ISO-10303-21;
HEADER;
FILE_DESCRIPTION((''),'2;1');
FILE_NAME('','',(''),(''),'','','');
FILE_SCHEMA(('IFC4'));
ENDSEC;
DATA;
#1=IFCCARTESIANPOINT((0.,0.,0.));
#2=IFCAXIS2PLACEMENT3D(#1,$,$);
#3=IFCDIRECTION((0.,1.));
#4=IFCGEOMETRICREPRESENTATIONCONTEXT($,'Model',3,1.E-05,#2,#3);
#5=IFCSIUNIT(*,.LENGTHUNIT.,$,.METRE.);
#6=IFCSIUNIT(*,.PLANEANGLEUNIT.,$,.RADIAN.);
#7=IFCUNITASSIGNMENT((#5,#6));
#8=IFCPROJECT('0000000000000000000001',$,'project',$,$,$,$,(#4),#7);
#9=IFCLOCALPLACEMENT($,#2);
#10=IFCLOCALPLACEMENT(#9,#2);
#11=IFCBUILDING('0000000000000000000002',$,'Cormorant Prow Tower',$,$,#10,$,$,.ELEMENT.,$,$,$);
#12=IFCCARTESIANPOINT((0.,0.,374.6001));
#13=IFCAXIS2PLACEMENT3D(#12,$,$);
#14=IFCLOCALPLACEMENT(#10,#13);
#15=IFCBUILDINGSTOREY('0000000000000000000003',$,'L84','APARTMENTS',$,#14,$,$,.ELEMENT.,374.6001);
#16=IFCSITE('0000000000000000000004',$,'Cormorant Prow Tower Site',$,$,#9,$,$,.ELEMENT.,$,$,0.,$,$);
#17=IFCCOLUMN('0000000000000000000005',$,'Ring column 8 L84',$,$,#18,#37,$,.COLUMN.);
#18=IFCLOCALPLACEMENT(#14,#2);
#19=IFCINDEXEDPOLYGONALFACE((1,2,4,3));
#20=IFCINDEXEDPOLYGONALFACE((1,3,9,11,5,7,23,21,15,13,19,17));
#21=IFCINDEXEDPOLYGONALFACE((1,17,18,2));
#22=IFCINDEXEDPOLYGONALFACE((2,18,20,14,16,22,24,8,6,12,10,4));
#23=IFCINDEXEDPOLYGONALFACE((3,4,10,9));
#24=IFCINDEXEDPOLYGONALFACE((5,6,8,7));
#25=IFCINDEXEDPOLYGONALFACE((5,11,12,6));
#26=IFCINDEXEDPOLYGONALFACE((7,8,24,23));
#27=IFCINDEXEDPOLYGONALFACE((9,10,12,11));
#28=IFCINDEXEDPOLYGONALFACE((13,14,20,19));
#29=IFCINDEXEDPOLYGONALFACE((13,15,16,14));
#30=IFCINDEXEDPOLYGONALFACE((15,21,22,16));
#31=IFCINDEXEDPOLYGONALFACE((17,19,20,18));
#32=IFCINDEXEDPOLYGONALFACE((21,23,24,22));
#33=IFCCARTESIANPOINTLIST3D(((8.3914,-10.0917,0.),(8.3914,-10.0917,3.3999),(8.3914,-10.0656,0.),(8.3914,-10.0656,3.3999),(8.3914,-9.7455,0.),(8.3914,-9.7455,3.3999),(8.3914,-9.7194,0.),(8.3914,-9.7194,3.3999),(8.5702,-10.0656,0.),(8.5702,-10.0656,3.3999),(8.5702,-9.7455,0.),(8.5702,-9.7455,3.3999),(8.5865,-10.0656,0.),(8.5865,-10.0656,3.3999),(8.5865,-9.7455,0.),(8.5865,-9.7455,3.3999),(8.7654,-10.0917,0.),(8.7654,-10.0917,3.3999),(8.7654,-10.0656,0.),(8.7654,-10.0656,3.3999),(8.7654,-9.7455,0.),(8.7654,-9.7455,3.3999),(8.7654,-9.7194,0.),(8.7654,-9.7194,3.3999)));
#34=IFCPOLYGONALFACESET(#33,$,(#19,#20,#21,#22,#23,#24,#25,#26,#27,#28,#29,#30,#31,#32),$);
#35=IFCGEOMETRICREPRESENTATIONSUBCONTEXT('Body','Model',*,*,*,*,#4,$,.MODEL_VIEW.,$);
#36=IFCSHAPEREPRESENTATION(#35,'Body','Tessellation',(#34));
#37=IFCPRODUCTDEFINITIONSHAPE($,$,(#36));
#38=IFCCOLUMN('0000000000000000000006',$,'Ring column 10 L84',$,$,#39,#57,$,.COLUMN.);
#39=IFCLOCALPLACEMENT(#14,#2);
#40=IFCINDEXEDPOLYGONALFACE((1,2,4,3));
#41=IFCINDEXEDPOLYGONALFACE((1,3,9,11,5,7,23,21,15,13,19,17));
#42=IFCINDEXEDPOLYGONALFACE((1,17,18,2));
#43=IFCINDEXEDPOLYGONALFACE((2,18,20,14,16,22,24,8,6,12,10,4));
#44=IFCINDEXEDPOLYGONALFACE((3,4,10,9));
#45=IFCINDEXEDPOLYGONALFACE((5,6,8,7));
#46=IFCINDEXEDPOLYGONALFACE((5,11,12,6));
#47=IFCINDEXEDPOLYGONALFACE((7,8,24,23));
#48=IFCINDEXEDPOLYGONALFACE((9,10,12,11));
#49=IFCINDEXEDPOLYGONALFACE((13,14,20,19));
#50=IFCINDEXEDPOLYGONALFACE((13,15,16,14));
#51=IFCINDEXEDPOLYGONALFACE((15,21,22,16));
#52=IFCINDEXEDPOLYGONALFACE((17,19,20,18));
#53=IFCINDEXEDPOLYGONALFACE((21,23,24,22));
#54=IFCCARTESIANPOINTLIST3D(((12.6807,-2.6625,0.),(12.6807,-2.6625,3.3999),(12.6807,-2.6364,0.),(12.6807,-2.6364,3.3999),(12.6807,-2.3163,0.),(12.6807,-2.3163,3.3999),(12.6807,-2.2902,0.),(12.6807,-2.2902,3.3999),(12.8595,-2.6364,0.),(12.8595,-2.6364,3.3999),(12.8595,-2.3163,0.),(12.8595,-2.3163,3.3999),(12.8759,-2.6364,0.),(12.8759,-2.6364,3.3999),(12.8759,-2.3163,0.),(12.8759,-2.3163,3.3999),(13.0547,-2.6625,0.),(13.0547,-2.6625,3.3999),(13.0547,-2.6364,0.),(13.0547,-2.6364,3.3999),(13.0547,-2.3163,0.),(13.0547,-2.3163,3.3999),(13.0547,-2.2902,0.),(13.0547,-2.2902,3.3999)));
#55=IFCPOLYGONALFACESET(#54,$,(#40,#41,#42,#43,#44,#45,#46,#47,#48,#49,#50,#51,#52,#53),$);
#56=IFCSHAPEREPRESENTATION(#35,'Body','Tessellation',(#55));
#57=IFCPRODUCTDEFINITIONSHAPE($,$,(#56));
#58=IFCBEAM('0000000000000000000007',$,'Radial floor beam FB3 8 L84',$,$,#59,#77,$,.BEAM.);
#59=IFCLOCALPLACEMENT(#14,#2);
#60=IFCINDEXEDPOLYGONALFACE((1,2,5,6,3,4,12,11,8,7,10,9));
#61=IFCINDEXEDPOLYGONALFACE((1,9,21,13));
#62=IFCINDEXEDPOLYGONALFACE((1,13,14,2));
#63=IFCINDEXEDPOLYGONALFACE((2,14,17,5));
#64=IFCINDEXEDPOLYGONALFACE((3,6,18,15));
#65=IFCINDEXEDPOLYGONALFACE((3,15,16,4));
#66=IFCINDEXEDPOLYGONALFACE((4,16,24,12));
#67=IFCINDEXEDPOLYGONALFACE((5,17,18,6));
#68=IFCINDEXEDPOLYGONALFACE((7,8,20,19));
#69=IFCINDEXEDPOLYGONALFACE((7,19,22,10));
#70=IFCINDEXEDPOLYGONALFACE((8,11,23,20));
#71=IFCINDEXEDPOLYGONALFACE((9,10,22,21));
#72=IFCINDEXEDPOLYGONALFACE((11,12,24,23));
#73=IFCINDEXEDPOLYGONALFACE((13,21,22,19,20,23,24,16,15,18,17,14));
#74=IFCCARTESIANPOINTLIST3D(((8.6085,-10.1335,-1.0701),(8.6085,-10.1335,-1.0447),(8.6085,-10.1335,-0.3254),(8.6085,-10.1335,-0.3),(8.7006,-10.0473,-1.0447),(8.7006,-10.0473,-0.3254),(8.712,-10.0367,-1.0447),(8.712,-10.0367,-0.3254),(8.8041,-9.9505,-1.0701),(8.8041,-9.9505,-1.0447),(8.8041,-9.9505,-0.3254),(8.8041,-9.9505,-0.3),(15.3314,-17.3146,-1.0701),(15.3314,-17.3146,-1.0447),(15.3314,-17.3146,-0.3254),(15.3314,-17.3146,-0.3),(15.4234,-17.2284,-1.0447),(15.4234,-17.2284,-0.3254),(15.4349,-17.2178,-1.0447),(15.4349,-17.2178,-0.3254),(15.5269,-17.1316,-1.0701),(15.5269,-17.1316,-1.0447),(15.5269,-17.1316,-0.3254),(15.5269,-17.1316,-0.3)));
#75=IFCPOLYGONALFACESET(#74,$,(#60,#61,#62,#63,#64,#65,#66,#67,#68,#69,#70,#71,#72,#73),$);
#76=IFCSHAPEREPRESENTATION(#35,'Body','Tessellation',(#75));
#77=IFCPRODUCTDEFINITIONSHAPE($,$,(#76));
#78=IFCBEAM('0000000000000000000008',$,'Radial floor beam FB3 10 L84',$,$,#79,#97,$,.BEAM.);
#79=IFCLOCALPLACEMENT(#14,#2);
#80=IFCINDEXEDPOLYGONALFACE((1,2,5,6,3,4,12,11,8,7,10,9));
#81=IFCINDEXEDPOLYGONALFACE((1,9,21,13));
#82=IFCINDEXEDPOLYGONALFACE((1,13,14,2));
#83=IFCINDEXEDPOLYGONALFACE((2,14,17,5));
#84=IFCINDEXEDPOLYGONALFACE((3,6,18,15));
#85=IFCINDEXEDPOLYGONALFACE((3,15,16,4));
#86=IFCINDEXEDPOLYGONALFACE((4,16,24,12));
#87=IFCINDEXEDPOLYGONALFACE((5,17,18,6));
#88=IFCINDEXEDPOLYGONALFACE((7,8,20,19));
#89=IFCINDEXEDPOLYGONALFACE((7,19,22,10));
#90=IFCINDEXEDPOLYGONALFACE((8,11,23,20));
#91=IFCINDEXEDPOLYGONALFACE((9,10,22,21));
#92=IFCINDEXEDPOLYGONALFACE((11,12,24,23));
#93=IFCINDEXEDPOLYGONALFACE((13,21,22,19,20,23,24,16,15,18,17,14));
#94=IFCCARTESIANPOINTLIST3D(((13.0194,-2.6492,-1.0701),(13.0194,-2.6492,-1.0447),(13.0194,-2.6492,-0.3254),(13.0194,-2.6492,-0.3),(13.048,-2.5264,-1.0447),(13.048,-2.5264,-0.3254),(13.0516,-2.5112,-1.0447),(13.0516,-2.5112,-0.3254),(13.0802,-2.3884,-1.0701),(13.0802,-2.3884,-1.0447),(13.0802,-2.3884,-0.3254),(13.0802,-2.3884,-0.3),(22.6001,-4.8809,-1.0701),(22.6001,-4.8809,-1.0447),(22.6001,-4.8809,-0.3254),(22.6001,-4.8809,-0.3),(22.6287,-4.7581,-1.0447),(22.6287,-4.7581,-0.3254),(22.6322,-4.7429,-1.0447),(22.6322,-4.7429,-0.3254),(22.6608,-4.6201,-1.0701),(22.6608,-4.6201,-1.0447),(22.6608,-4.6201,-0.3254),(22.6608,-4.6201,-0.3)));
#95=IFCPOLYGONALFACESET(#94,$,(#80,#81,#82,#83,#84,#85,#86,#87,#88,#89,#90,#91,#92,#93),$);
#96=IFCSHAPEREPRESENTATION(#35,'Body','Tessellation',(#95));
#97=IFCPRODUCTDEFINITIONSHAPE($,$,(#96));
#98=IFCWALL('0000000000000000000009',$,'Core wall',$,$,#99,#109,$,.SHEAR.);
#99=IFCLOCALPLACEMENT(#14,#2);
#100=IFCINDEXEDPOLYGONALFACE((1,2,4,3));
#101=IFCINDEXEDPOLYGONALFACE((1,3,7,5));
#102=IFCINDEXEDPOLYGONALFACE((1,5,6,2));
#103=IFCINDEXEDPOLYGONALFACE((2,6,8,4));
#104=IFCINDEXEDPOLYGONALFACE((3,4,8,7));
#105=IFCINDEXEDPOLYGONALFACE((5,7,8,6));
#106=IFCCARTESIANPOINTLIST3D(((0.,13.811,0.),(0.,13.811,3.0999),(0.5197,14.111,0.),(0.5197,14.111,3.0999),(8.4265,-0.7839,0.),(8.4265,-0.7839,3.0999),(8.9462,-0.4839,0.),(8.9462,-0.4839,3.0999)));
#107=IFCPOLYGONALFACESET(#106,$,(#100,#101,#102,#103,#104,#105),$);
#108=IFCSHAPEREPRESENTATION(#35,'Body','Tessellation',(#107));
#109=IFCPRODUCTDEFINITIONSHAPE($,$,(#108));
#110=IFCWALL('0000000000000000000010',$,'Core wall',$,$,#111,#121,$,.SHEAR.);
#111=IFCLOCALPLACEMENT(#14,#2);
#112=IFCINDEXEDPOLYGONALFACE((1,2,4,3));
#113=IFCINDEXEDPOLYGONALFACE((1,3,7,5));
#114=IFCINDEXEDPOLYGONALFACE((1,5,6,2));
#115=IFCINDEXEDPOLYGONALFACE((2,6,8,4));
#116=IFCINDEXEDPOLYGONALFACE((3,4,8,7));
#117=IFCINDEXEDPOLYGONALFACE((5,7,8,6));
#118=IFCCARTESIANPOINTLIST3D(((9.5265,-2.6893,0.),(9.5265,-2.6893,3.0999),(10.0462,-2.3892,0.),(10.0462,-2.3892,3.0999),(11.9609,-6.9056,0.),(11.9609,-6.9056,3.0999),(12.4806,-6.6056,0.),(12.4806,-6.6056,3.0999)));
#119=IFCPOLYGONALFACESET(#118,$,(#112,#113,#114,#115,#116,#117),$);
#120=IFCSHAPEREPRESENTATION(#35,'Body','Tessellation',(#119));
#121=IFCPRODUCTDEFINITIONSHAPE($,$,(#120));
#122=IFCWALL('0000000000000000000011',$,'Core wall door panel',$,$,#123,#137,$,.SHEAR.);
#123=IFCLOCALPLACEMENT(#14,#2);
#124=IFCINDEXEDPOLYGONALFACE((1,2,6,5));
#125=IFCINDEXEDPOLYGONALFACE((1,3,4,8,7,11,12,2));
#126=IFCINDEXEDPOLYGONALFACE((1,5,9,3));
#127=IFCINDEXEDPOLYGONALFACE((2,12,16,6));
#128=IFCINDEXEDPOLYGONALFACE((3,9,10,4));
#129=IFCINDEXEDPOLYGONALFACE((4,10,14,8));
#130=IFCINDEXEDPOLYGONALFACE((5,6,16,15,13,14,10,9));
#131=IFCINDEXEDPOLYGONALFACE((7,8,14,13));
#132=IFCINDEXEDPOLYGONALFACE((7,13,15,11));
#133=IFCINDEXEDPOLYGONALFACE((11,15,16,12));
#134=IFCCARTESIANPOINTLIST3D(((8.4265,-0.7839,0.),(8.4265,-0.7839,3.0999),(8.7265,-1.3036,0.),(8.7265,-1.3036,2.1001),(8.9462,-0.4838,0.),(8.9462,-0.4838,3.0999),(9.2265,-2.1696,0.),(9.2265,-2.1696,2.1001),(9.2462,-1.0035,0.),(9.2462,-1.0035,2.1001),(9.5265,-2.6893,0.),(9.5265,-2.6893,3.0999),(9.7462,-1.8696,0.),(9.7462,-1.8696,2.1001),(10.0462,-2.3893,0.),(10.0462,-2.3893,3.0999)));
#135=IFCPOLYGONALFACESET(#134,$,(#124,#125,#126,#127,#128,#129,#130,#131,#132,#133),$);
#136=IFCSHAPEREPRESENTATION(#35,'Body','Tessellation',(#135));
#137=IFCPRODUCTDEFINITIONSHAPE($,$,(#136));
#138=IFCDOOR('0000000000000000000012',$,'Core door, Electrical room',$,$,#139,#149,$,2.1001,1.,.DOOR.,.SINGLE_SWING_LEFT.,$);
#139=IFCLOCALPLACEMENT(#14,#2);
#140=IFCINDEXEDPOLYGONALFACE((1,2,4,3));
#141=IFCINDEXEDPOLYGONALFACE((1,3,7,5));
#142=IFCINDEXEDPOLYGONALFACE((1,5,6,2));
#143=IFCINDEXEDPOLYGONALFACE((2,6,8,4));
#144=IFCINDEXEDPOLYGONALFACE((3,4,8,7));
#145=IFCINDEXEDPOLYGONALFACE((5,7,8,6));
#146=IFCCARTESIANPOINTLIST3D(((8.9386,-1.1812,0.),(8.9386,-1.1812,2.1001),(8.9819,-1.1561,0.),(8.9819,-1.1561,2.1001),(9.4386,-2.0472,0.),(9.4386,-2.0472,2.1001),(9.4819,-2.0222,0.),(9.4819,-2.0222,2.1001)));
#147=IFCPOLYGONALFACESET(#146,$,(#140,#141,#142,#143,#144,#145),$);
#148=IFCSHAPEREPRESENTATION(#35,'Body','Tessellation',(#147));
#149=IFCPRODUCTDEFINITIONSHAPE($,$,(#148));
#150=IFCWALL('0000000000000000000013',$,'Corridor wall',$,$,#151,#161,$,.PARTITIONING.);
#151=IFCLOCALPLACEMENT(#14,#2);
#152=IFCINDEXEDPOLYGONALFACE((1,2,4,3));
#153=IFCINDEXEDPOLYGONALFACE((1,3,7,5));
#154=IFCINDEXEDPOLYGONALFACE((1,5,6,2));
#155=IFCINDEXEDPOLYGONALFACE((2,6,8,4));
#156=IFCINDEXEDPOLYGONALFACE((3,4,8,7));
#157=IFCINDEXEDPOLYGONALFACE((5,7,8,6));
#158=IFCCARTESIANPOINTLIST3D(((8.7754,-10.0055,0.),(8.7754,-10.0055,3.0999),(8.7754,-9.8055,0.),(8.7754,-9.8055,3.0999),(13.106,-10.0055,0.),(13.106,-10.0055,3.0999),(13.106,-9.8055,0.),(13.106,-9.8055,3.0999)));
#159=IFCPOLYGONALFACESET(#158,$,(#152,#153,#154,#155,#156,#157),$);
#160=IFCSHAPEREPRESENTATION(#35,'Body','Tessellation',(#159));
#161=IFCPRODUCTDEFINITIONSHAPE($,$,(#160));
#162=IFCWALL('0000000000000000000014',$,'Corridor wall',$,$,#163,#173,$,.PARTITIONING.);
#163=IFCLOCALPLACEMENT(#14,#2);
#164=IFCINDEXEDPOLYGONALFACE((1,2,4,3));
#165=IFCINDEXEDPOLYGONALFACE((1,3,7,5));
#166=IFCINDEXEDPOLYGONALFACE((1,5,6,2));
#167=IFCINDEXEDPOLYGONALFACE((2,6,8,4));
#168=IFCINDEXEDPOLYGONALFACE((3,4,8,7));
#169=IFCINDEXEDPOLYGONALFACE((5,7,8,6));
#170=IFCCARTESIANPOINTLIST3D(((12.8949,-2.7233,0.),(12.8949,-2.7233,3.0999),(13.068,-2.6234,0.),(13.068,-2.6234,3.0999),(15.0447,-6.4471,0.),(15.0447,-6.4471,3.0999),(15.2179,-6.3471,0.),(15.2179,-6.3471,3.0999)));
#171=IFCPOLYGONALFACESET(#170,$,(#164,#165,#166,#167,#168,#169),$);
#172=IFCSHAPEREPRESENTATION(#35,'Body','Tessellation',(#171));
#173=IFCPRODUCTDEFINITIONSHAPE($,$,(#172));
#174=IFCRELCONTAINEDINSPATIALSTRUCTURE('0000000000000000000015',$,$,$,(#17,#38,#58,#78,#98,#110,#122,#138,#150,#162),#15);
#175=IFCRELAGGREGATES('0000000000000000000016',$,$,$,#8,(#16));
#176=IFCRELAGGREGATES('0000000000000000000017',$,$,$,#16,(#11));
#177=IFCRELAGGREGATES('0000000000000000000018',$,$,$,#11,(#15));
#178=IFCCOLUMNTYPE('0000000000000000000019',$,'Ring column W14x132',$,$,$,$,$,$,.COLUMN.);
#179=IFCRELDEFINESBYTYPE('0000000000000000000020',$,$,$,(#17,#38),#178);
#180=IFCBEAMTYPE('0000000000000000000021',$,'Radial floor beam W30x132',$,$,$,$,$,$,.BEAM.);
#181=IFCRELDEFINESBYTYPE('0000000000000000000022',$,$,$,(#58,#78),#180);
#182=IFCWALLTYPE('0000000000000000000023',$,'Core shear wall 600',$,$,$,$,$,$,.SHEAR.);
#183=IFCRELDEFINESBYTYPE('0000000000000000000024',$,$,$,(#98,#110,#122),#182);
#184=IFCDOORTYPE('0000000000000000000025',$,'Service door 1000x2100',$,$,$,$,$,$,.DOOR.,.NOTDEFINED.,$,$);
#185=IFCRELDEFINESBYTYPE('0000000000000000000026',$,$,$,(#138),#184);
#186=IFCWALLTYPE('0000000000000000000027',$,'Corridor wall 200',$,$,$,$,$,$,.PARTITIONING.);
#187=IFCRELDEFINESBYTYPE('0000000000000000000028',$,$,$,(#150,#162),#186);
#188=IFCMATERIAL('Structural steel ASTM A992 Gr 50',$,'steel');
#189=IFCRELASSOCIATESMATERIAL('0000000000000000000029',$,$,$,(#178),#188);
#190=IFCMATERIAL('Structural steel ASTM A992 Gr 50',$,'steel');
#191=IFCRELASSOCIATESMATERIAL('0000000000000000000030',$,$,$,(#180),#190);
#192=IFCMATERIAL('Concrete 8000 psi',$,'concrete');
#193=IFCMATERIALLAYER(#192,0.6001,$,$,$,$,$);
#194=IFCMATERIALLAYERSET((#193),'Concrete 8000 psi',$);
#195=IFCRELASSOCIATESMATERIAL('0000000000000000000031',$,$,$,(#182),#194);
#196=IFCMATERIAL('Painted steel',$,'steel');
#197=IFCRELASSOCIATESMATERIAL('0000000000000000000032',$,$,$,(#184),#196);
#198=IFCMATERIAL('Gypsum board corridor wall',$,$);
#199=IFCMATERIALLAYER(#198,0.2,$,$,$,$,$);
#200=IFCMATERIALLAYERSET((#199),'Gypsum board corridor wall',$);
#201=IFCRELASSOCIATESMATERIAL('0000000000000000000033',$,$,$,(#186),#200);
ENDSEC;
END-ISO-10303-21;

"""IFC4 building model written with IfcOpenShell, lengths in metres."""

from ifc_helpers import new_model, si_unit, direction, frame, frame_2d, origin, origin_2d, place, context, subcontext, project, spatial, rectangle, i_section, extrude, material, layer, layer_set, material_profile, profile_set, type_object, element, fill, save


model = new_model("IFC4")

# Units and contexts
model_context = context("Model", 3, precision=1e-05, world=origin(), true_north=direction((0.0, 1.0)))
body_context = subcontext(model_context, "Body", "Model", "MODEL_VIEW")
ifc_project = project(units=[si_unit("LENGTHUNIT", "METRE"), si_unit("PLANEANGLEUNIT", "RADIAN")], contexts=[model_context])

# Site, building, storey
site_placement = place(None, origin())
site = spatial("IfcSite", under=ifc_project, at=site_placement, Name="Cormorant Prow Tower Site", CompositionType="ELEMENT", RefElevation=0.0)
building_placement = place(site_placement, origin())
building = spatial("IfcBuilding", under=site, at=building_placement, Name="Cormorant Prow Tower", CompositionType="ELEMENT")
storey_placement = place(building_placement, frame((0.0, 0.0, 374.6001)))
storey = spatial("IfcBuildingStorey", under=building, at=storey_placement, Name="L84", Description="APARTMENTS", CompositionType="ELEMENT", Elevation=374.6001)

# Columns
ifc_material_1 = material(Name="Structural steel ASTM A992 Gr 50", Category="steel")
ifc_material_profile_1 = material_profile(ifc_material_1, i_section(OverallWidth=0.374, OverallDepth=0.3723, WebThickness=0.0164, FlangeThickness=0.0261, at=origin_2d()), Name="W14x132")
ifc_profile_set_1 = profile_set([ifc_material_profile_1], Name="Structural steel ASTM A992 Gr 50")
column_type = type_object("IfcColumnType", Name="Ring column W14x132", PredefinedType="COLUMN", material=ifc_profile_set_1)
for number, where, z_axis, x_axis, name in (
    (1, (8.5784, -9.9055, 0.0), (0.0, 0.0, 1.0), (1.0, 0.0, 0.0), "Ring column 8 L84"),
    (2, (12.8677, -2.4763, 0.0), (0.0, 0.0, 1.0), (1.0, 0.0, 0.0), "Ring column 10 L84"),
):
    element("IfcColumn", number, at=place(storey_placement, frame(where, z_axis=z_axis, x_axis=x_axis)), inside=storey, type_object=column_type, Name=name, PredefinedType="COLUMN", context=body_context, shape_type="SweptSolid", body=[
        extrude(i_section(OverallWidth=0.374, OverallDepth=0.3723, WebThickness=0.0164, FlangeThickness=0.0261, at=origin_2d()), origin(), (0.0, 0.0, 1.0), 3.3999),
    ])

# Beams
ifc_material_2 = material(Name="Structural steel ASTM A992 Gr 50", Category="steel")
ifc_material_profile_2 = material_profile(ifc_material_2, i_section(OverallWidth=0.2678, OverallDepth=0.77, WebThickness=0.0156, FlangeThickness=0.0254, at=origin_2d()), Name="W30x132")
ifc_profile_set_2 = profile_set([ifc_material_profile_2], Name="Structural steel ASTM A992 Gr 50")
beam_type = type_object("IfcBeamType", Name="Radial floor beam W30x132", PredefinedType="BEAM", material=ifc_profile_set_2)
beam_1_placement = place(storey_placement, frame((8.7063, -10.042, -0.6851), z_axis=(0.683431, -0.730015, 0.0), x_axis=(0.730015, 0.683431, 0.0)))
element("IfcBeam", 3, at=beam_1_placement, inside=storey, type_object=beam_type, Name="Radial floor beam FB3 8 L84", PredefinedType="BEAM", context=body_context, shape_type="SweptSolid", body=[
    extrude(i_section(OverallWidth=0.2678, OverallDepth=0.77, WebThickness=0.0156, FlangeThickness=0.0254, at=origin_2d()), origin(), (0.0, 0.0, 1.0), 9.8369),
])
beam_2_placement = place(storey_placement, frame((13.0498, -2.5188, -0.6851), z_axis=(0.973926, -0.226866, 0.0), x_axis=(0.226866, 0.973926, 0.0)))
element("IfcBeam", 4, at=beam_2_placement, inside=storey, type_object=beam_type, Name="Radial floor beam FB3 10 L84", PredefinedType="BEAM", context=body_context, shape_type="SweptSolid", body=[
    extrude(i_section(OverallWidth=0.2678, OverallDepth=0.77, WebThickness=0.0156, FlangeThickness=0.0254, at=origin_2d()), origin(), (0.0, 0.0, 1.0), 9.8372),
])

# Walls
ifc_material_3 = material(Name="Concrete 8000 psi", Category="concrete")
ifc_layer_1 = layer(ifc_material_3, 0.6001)
ifc_layer_set_1 = layer_set([ifc_layer_1], Name="Concrete 8000 psi")
wall_type_1 = type_object("IfcWallType", Name="Core shear wall 600", PredefinedType="SHEAR", material=ifc_layer_set_1)
wall_1_placement = place(storey_placement, frame((8.6863, -0.6338, 0.0), z_axis=(0.0, 0.0, 1.0), x_axis=(-0.500005, 0.866023, 0.0)))
element("IfcWall", 5, at=wall_1_placement, inside=storey, type_object=wall_type_1, Name="Core wall", PredefinedType="SHEAR", context=body_context, shape_type="SweptSolid", body=[
    extrude(rectangle(XDim=16.8528, YDim=0.6001, at=frame_2d((8.4263, 0.0))), origin(), (0.0, 0.0, 1.0), 3.0999),
])
wall_2_placement = place(storey_placement, frame((12.2207, -6.7556, 0.0), z_axis=(0.0, 0.0, 1.0), x_axis=(-0.500006, 0.866022, 0.0)))
element("IfcWall", 6, at=wall_2_placement, inside=storey, type_object=wall_type_1, Name="Core wall", PredefinedType="SHEAR", context=body_context, shape_type="SweptSolid", body=[
    extrude(rectangle(XDim=4.8687, YDim=0.6001, at=frame_2d((2.4343, 0.0))), origin(), (0.0, 0.0, 1.0), 3.0999),
])

# Wall, opening, door
wall_3_placement = place(storey_placement, frame((9.7864, -2.5393, 0.0), z_axis=(0.0, 0.0, 1.0), x_axis=(-0.499982, 0.866036, 0.0)))
wall_3 = element("IfcWall", 7, at=wall_3_placement, inside=storey, type_object=wall_type_1, Name="Core wall door panel", PredefinedType="SHEAR", context=body_context, shape_type="SweptSolid", body=[
    extrude(rectangle(XDim=2.2002, YDim=0.6001, at=frame_2d((1.1001, 0.0))), origin(), (0.0, 0.0, 1.0), 3.0999),
])
opening_1_placement = place(wall_3_placement, frame((0.6001, 0.0, 0.0)))
opening_1 = element("IfcOpeningElement", 8, at=opening_1_placement, cuts=wall_3, PredefinedType="OPENING", context=body_context, shape_type="SweptSolid", body=[
    extrude(rectangle(XDim=1.0, YDim=2.1001, at=frame_2d((0.5, 1.05))), frame((0.0, 0.3101, 0.0), z_axis=(0.0, -1.0, 0.0), x_axis=(1.0, 0.0, 0.0)), (0.0, 0.0, 1.0), 0.6201),
])
ifc_material_4 = material(Name="Painted steel", Category="steel")
door_type_1 = type_object("IfcDoorType", Name="Service door 1000x2100", OperationType="NOTDEFINED", PredefinedType="DOOR", material=ifc_material_4)
door_1_placement = place(opening_1_placement, origin())
door_1 = element("IfcDoor", 9, at=door_1_placement, inside=storey, type_object=door_type_1, Name="Core door, Electrical room", OperationType="SINGLE_SWING_LEFT", OverallHeight=2.1001, OverallWidth=1.0, PredefinedType="DOOR", context=body_context, shape_type="SweptSolid", body=[
    extrude(rectangle(XDim=1.0, YDim=2.1001, at=frame_2d((0.5, 1.05))), frame((0.0, 0.0552, 0.0), z_axis=(0.0, -1.0, 0.0), x_axis=(1.0, 0.0, 0.0)), (0.0, 0.0, 1.0), 0.05),
])
fill(opening_1, door_1)

# Walls
ifc_material_5 = material(Name="Gypsum board corridor wall")
ifc_layer_2 = layer(ifc_material_5, 0.2)
ifc_layer_set_2 = layer_set([ifc_layer_2], Name="Gypsum board corridor wall")
wall_type_2 = type_object("IfcWallType", Name="Corridor wall 200", PredefinedType="PARTITIONING", material=ifc_layer_set_2)
wall_4_placement = place(storey_placement, frame((8.7754, -9.9055, 0.0), z_axis=(0.0, 0.0, 1.0), x_axis=(1.0, 0.0, 0.0)))
element("IfcWall", 10, at=wall_4_placement, inside=storey, type_object=wall_type_2, Name="Corridor wall", PredefinedType="PARTITIONING", context=body_context, shape_type="SweptSolid", body=[
    extrude(rectangle(XDim=4.3306, YDim=0.2, at=frame_2d((2.1653, 0.0))), origin(), (0.0, 0.0, 1.0), 3.0999),
])
wall_5_placement = place(storey_placement, frame((12.9814, -2.6733, 0.0), z_axis=(0.0, 0.0, 1.0), x_axis=(0.499986, -0.866033, 0.0)))
element("IfcWall", 11, at=wall_5_placement, inside=storey, type_object=wall_type_2, Name="Corridor wall", PredefinedType="PARTITIONING", context=body_context, shape_type="SweptSolid", body=[
    extrude(rectangle(XDim=4.2998, YDim=0.2, at=frame_2d((2.1499, 0.0))), origin(), (0.0, 0.0, 1.0), 3.0999),
])

save(model, "model.ifc")
